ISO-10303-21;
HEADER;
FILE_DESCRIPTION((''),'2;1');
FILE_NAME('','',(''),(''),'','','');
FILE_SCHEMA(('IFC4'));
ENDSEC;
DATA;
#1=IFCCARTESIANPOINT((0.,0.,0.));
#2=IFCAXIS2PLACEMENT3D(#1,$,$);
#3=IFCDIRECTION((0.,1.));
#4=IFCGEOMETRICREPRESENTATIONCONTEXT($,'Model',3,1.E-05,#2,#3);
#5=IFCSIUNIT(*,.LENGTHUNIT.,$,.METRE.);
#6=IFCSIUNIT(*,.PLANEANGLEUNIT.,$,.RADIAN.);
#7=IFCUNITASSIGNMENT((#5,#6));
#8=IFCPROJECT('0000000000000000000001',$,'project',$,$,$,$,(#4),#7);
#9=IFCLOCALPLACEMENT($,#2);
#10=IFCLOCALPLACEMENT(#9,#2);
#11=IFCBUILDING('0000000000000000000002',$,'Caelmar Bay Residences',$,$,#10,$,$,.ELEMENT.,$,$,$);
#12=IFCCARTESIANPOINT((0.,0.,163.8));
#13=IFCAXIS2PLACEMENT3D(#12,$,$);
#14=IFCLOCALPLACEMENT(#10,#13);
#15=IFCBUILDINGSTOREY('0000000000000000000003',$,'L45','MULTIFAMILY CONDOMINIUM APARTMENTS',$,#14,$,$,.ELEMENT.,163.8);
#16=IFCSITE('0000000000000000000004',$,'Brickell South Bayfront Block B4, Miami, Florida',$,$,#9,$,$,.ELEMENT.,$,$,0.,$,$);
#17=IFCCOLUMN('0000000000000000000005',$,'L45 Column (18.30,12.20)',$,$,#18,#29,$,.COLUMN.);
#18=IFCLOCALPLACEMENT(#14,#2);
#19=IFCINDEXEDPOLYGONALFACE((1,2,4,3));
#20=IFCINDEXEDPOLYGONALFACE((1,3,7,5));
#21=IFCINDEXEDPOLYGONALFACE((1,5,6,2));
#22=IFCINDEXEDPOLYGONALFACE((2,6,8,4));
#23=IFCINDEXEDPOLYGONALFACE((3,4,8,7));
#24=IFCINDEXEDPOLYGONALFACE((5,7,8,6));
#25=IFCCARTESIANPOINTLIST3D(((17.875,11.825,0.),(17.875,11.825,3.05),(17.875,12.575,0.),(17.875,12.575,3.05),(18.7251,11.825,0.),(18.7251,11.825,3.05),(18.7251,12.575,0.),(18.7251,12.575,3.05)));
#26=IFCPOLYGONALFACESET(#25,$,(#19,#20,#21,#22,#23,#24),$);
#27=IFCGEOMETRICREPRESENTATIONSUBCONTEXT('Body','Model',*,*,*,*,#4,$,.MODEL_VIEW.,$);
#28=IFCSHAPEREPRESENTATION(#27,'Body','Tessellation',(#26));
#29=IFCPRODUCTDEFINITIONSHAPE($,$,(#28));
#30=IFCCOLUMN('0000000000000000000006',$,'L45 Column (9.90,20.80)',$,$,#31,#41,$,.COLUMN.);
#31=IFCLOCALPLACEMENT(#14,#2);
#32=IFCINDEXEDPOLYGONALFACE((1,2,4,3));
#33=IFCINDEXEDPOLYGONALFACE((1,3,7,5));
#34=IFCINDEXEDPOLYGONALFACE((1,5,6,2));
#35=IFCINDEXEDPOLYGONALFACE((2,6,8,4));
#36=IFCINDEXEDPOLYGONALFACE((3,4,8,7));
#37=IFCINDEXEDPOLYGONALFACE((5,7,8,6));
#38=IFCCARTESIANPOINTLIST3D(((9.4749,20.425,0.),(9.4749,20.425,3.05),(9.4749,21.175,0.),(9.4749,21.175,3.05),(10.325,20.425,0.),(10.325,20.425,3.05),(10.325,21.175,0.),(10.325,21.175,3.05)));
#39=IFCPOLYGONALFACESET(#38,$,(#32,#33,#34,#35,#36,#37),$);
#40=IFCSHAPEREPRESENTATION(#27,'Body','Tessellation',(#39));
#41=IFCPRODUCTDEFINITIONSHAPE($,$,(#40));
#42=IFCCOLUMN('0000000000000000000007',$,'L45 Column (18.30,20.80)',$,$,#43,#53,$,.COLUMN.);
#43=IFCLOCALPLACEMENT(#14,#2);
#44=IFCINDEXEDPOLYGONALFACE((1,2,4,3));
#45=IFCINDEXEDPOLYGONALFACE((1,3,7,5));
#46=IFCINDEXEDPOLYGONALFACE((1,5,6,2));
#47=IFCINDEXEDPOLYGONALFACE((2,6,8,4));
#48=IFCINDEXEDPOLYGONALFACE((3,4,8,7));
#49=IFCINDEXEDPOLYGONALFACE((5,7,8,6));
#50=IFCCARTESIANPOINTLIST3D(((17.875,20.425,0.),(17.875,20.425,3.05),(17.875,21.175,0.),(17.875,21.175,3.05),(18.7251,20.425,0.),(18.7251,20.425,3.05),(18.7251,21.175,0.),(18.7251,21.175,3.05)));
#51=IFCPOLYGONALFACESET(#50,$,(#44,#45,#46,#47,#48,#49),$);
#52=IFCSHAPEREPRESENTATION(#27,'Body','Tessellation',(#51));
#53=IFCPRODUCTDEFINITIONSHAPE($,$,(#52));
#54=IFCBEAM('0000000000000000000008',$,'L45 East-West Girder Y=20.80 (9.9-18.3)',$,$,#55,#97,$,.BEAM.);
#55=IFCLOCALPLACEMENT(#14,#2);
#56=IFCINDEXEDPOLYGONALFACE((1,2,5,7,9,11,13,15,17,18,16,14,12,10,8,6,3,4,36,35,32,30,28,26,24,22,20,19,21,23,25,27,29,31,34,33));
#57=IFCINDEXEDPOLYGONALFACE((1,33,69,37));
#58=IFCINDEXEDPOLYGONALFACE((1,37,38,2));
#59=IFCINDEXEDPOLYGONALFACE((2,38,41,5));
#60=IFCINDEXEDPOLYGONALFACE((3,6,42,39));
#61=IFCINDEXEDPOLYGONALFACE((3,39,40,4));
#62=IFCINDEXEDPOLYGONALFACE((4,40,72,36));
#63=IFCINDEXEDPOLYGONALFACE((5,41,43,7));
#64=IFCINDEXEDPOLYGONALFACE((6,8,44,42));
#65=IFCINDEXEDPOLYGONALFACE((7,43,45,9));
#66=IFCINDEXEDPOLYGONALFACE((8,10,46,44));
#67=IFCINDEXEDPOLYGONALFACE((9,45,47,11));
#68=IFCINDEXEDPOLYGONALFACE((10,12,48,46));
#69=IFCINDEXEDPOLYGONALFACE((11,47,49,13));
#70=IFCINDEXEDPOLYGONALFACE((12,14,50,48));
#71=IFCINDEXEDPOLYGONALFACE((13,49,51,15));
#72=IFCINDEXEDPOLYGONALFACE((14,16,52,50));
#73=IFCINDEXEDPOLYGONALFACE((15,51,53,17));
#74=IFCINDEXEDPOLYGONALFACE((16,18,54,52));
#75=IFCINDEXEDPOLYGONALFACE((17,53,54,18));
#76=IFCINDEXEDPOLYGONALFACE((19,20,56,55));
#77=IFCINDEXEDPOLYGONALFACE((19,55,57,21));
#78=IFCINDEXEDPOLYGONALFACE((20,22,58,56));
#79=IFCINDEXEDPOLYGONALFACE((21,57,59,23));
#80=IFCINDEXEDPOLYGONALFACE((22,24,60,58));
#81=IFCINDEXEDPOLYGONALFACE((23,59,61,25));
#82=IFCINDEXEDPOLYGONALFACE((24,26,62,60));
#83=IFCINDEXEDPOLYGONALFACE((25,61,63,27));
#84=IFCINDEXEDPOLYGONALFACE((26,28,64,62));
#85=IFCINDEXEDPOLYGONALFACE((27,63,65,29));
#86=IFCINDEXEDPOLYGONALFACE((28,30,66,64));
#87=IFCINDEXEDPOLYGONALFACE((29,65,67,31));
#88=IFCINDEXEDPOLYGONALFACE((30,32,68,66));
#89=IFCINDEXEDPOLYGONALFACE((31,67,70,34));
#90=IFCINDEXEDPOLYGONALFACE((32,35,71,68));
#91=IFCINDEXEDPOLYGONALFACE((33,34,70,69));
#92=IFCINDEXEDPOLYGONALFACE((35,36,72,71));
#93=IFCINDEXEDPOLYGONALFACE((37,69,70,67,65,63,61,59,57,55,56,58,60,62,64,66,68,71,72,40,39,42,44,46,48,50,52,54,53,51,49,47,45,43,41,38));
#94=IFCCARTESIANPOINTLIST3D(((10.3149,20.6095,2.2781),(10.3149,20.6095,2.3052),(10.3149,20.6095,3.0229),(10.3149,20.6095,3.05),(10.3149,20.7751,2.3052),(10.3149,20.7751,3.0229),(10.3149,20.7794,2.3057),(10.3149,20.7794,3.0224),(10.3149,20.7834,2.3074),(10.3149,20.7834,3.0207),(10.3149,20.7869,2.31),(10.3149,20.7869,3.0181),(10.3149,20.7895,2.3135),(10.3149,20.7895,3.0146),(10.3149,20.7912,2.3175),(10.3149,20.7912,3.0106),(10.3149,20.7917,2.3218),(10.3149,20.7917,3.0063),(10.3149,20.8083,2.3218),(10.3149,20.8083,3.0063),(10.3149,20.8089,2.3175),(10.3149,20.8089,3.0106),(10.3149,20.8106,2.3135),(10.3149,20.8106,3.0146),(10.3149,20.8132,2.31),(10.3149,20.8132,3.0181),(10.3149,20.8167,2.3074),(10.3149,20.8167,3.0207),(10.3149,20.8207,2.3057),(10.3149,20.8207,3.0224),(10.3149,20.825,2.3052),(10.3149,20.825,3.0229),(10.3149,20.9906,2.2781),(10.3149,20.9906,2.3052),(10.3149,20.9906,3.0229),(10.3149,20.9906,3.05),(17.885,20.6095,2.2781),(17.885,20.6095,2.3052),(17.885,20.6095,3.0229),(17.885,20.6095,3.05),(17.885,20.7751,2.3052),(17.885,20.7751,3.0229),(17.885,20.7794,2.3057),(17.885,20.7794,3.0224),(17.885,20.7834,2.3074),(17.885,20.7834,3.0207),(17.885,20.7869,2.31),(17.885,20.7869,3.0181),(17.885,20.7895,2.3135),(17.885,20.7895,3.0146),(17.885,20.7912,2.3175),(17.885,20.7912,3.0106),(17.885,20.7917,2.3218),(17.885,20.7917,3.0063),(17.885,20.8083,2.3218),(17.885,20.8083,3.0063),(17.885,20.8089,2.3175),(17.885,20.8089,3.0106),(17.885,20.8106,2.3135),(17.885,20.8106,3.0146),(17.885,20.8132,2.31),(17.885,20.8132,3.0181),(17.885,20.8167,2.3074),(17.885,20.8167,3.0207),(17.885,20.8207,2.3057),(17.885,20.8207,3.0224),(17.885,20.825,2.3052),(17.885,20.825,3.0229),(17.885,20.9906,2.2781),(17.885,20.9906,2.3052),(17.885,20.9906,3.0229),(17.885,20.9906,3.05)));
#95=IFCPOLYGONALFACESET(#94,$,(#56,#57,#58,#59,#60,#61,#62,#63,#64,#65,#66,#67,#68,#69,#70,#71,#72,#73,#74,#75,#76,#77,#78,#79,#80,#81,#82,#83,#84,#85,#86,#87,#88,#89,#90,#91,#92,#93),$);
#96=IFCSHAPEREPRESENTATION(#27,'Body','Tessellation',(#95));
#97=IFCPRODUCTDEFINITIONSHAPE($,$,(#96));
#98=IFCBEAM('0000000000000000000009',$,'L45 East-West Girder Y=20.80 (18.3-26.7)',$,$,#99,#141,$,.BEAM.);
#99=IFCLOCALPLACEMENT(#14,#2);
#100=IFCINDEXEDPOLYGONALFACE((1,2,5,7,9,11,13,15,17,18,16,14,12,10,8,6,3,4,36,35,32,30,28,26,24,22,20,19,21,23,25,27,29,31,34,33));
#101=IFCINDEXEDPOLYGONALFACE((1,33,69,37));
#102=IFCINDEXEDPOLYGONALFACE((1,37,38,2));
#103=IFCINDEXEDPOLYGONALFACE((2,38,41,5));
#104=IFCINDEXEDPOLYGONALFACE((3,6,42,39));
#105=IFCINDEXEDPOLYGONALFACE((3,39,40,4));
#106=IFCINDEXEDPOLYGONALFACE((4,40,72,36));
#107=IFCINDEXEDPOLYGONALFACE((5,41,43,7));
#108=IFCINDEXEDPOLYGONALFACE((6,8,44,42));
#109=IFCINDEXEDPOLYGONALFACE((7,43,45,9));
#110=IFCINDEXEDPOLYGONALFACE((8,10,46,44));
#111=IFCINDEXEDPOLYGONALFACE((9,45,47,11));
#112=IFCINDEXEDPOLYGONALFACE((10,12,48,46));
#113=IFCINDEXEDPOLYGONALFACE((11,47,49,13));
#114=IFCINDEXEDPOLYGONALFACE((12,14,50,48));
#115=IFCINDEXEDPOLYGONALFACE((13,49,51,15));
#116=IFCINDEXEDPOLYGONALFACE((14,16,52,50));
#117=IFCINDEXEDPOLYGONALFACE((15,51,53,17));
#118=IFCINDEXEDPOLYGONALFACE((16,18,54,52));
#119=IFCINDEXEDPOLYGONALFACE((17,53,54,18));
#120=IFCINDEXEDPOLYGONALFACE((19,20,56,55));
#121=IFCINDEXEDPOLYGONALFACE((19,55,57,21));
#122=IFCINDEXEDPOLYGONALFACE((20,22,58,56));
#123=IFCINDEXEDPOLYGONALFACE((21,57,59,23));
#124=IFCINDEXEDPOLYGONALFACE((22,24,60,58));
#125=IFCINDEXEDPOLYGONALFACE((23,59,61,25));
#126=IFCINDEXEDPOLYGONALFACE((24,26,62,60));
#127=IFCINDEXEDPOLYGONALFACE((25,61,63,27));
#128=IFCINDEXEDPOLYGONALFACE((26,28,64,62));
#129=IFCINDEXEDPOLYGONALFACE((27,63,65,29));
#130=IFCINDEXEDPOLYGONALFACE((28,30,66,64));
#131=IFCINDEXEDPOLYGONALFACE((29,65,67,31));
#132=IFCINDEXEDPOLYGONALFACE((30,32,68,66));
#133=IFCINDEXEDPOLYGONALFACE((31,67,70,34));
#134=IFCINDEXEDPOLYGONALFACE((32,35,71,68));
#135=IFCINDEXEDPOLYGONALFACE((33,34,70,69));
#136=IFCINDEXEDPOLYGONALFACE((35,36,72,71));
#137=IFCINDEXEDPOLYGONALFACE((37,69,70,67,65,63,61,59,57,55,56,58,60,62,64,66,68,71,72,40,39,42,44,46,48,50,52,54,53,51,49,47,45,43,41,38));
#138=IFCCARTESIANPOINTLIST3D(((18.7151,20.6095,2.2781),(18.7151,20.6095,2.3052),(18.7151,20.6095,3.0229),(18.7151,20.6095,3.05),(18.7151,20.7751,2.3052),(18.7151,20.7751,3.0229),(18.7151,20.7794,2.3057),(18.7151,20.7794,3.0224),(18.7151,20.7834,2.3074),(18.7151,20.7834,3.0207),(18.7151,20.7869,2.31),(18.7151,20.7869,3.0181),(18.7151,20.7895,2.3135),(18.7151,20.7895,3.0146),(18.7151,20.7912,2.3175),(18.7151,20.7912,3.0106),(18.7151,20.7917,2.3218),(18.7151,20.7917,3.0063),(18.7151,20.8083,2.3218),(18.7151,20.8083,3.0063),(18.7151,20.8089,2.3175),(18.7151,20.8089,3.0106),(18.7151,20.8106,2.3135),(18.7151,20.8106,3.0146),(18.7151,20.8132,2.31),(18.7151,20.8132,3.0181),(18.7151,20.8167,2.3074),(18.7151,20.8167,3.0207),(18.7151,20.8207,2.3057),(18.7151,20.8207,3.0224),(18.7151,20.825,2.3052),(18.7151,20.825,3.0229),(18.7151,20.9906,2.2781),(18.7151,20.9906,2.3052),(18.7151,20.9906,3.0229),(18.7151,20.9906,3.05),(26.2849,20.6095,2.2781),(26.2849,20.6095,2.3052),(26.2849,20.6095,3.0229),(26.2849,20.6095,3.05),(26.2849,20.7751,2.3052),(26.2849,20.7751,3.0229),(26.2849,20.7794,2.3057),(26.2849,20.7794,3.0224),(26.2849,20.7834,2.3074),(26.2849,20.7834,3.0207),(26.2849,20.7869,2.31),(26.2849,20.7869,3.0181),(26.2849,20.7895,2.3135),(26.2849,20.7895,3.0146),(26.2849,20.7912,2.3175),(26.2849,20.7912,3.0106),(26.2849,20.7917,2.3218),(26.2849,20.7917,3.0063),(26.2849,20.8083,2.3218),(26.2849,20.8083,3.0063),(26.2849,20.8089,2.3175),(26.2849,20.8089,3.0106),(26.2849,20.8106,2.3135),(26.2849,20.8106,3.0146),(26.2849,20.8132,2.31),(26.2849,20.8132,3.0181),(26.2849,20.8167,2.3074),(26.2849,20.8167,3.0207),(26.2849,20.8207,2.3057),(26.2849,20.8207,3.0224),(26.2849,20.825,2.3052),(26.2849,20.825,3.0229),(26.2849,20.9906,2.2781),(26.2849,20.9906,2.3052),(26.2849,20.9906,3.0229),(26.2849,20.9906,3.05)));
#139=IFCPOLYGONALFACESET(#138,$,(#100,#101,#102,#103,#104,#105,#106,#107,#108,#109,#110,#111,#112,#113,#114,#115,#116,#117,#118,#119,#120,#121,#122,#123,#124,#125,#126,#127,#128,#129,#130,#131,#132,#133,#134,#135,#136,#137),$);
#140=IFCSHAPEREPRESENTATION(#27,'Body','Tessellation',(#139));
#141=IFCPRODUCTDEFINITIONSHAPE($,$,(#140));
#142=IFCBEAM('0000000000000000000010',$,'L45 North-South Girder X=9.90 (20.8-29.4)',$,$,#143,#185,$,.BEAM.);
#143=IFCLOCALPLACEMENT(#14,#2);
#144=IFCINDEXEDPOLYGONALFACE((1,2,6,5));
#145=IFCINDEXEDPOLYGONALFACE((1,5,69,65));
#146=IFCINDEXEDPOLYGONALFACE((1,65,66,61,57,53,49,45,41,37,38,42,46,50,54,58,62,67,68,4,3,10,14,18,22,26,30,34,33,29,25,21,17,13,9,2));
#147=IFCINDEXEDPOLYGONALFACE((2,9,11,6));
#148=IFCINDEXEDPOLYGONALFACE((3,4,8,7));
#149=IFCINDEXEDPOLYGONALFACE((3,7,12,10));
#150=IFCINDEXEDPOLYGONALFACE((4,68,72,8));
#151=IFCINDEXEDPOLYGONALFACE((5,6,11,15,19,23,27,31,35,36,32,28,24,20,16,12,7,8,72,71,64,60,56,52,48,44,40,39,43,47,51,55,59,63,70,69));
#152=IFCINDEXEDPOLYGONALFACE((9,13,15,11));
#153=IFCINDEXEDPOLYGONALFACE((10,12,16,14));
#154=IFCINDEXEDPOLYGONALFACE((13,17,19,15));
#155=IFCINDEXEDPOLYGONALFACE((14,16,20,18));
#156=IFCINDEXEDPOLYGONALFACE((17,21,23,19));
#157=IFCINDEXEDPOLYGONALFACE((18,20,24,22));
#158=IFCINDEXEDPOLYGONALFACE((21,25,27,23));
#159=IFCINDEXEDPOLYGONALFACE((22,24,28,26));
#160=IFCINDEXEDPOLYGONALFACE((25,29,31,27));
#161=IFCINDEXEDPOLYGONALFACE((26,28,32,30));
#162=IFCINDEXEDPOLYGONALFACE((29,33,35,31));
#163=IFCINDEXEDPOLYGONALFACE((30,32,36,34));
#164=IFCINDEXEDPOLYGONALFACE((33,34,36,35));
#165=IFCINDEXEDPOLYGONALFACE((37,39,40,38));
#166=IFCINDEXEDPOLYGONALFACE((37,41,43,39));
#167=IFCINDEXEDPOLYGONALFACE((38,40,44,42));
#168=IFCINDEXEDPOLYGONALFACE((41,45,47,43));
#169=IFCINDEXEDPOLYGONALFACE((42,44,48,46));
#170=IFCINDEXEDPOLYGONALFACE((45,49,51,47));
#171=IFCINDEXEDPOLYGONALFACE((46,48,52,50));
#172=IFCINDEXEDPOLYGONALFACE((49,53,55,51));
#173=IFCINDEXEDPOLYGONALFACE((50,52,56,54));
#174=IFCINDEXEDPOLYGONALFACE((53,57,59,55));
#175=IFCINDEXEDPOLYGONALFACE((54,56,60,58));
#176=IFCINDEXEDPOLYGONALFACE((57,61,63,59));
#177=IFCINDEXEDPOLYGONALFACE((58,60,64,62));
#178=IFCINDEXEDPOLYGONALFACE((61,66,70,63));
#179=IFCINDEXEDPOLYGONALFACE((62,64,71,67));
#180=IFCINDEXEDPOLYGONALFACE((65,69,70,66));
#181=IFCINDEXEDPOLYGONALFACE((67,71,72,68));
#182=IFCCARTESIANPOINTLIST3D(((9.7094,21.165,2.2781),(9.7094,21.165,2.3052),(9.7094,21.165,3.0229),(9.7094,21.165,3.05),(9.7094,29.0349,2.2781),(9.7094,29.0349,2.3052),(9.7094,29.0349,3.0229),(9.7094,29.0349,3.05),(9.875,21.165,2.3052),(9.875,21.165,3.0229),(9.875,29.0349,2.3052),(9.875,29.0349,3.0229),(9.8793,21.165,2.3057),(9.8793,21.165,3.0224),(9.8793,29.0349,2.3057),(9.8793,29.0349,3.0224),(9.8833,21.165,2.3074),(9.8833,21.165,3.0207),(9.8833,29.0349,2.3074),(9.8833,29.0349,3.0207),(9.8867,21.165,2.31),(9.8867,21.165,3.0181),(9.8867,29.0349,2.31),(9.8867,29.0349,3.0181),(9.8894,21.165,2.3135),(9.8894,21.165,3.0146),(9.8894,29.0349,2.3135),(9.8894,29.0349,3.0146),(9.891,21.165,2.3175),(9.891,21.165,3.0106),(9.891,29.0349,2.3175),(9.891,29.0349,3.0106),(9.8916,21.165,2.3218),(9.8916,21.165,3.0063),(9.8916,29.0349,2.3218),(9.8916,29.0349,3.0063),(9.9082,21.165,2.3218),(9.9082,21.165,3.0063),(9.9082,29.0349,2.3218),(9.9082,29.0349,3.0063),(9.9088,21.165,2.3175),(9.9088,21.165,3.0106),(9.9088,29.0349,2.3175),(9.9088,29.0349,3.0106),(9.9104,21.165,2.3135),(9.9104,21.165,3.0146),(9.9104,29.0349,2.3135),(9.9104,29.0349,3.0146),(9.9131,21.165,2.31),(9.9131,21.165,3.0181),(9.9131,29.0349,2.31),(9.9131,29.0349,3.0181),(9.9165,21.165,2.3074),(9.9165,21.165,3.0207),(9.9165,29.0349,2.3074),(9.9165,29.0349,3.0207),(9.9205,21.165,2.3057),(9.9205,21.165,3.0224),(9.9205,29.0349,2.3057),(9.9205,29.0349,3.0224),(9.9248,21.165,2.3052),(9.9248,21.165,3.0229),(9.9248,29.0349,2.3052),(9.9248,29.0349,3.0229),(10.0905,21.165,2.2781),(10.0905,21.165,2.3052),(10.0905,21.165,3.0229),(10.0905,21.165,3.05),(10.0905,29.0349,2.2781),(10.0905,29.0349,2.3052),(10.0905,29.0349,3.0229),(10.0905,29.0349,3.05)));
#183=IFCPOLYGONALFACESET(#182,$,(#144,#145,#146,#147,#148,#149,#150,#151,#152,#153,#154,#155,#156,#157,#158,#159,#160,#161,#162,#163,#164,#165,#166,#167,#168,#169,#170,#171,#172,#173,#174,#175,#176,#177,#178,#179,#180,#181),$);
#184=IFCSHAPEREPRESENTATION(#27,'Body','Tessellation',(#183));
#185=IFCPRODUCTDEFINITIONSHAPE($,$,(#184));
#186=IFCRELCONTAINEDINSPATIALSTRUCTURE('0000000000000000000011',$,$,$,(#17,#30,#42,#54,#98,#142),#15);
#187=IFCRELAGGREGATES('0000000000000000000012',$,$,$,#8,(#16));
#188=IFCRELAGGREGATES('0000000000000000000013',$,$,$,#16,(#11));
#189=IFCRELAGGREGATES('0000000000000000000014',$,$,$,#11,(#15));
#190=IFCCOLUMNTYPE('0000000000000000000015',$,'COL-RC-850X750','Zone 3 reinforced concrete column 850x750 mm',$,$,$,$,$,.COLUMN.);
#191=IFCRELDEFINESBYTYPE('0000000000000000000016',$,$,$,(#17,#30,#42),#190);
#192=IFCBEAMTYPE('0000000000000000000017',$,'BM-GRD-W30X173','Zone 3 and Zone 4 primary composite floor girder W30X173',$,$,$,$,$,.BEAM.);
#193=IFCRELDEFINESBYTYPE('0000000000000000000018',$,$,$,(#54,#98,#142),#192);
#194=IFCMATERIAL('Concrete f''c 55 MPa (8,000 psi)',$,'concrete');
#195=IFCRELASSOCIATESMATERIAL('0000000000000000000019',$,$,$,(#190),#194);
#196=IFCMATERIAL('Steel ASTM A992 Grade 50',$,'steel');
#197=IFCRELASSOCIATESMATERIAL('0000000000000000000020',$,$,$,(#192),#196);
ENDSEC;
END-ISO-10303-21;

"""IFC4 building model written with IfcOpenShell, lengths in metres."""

from ifc_helpers import new_model, si_unit, direction, frame, origin, origin_2d, place, context, subcontext, project, spatial, rectangle, i_section, extrude, material, material_profile, profile_set, type_object, element, save


model = new_model("IFC4")

# Units and contexts
model_context = context("Model", 3, precision=1e-05, world=origin(), true_north=direction((0.0, 1.0)))
body_context = subcontext(model_context, "Body", "Model", "MODEL_VIEW")
ifc_project = project(units=[si_unit("LENGTHUNIT", "METRE"), si_unit("PLANEANGLEUNIT", "RADIAN")], contexts=[model_context])

# Site, building, storey
site_placement = place(None, origin())
site = spatial("IfcSite", under=ifc_project, at=site_placement, Name="Brickell South Bayfront Block B4, Miami, Florida", CompositionType="ELEMENT", RefElevation=0.0)
building_placement = place(site_placement, origin())
building = spatial("IfcBuilding", under=site, at=building_placement, Name="Caelmar Bay Residences", CompositionType="ELEMENT")
storey_placement = place(building_placement, frame((0.0, 0.0, 163.8)))
storey = spatial("IfcBuildingStorey", under=building, at=storey_placement, Name="L45", Description="MULTIFAMILY CONDOMINIUM APARTMENTS", CompositionType="ELEMENT", Elevation=163.8)

# Columns
ifc_material_1 = material(Name="Concrete f'c 55 MPa (8,000 psi)", Category="concrete")
ifc_material_profile_1 = material_profile(ifc_material_1, rectangle(XDim=0.8501, YDim=0.75, at=origin_2d()), Name="RC-COL-850X750")
ifc_profile_set_1 = profile_set([ifc_material_profile_1], Name="Concrete f'c 55 MPa (8,000 psi)")
column_type = type_object("IfcColumnType", Name="COL-RC-850X750", Description="Zone 3 reinforced concrete column 850x750 mm", PredefinedType="COLUMN", material=ifc_profile_set_1)
for number, where, z_axis, x_axis, name in (
    (1, (18.3, 12.2, 0.0), (0.0, 0.0, 1.0), (1.0, 0.0, 0.0), "L45 Column (18.30,12.20)"),
    (2, (9.8999, 20.8, 0.0), (0.0, 0.0, 1.0), (1.0, 0.0, 0.0), "L45 Column (9.90,20.80)"),
    (3, (18.3, 20.8, 0.0), (0.0, 0.0, 1.0), (1.0, 0.0, 0.0), "L45 Column (18.30,20.80)"),
):
    element("IfcColumn", number, at=place(storey_placement, frame(where, z_axis=z_axis, x_axis=x_axis)), inside=storey, type_object=column_type, Name=name, PredefinedType="COLUMN", context=body_context, shape_type="SweptSolid", body=[
        extrude(rectangle(XDim=0.8501, YDim=0.75, at=origin_2d()), origin(), (0.0, 0.0, 1.0), 3.05),
    ])

# Beams
ifc_material_2 = material(Name="Steel ASTM A992 Grade 50", Category="steel")
ifc_material_profile_2 = material_profile(ifc_material_2, i_section(OverallWidth=0.3811, OverallDepth=0.772, WebThickness=0.0166, FlangeThickness=0.0271, FilletRadius=0.0166, at=origin_2d()), Name="W30X173")
ifc_profile_set_2 = profile_set([ifc_material_profile_2], Name="Steel ASTM A992 Grade 50")
beam_type_1 = type_object("IfcBeamType", Name="BM-GRD-W30X173", Description="Zone 3 and Zone 4 primary composite floor girder W30X173", PredefinedType="BEAM", material=ifc_profile_set_2)
beam_1_placement = place(storey_placement, frame((10.3149, 20.8, 2.6641), z_axis=(1.0, 0.0, 0.0), x_axis=(0.0, 1.0, 0.0)))
element("IfcBeam", 4, at=beam_1_placement, inside=storey, type_object=beam_type_1, Name="L45 East-West Girder Y=20.80 (9.9-18.3)", PredefinedType="BEAM", context=body_context, shape_type="SweptSolid", body=[
    extrude(i_section(OverallWidth=0.3811, OverallDepth=0.772, WebThickness=0.0166, FlangeThickness=0.0271, FilletRadius=0.0166, at=origin_2d()), origin(), (0.0, 0.0, 1.0), 7.5701),
])
beam_2_placement = place(storey_placement, frame((18.7151, 20.8, 2.6641), z_axis=(1.0, 0.0, 0.0), x_axis=(0.0, 1.0, 0.0)))
element("IfcBeam", 5, at=beam_2_placement, inside=storey, type_object=beam_type_1, Name="L45 East-West Girder Y=20.80 (18.3-26.7)", PredefinedType="BEAM", context=body_context, shape_type="SweptSolid", body=[
    extrude(i_section(OverallWidth=0.3811, OverallDepth=0.772, WebThickness=0.0166, FlangeThickness=0.0271, FilletRadius=0.0166, at=origin_2d()), origin(), (0.0, 0.0, 1.0), 7.5698),
])
beam_3_placement = place(storey_placement, frame((9.8999, 21.165, 2.6641), z_axis=(0.0, 1.0, 0.0), x_axis=(-1.0, 0.0, 0.0)))
element("IfcBeam", 6, at=beam_3_placement, inside=storey, type_object=beam_type_1, Name="L45 North-South Girder X=9.90 (20.8-29.4)", PredefinedType="BEAM", context=body_context, shape_type="SweptSolid", body=[
    extrude(i_section(OverallWidth=0.3811, OverallDepth=0.772, WebThickness=0.0166, FlangeThickness=0.0271, FilletRadius=0.0166, at=origin_2d()), origin(), (0.0, 0.0, 1.0), 7.8699),
])

save(model, "model.ifc")
